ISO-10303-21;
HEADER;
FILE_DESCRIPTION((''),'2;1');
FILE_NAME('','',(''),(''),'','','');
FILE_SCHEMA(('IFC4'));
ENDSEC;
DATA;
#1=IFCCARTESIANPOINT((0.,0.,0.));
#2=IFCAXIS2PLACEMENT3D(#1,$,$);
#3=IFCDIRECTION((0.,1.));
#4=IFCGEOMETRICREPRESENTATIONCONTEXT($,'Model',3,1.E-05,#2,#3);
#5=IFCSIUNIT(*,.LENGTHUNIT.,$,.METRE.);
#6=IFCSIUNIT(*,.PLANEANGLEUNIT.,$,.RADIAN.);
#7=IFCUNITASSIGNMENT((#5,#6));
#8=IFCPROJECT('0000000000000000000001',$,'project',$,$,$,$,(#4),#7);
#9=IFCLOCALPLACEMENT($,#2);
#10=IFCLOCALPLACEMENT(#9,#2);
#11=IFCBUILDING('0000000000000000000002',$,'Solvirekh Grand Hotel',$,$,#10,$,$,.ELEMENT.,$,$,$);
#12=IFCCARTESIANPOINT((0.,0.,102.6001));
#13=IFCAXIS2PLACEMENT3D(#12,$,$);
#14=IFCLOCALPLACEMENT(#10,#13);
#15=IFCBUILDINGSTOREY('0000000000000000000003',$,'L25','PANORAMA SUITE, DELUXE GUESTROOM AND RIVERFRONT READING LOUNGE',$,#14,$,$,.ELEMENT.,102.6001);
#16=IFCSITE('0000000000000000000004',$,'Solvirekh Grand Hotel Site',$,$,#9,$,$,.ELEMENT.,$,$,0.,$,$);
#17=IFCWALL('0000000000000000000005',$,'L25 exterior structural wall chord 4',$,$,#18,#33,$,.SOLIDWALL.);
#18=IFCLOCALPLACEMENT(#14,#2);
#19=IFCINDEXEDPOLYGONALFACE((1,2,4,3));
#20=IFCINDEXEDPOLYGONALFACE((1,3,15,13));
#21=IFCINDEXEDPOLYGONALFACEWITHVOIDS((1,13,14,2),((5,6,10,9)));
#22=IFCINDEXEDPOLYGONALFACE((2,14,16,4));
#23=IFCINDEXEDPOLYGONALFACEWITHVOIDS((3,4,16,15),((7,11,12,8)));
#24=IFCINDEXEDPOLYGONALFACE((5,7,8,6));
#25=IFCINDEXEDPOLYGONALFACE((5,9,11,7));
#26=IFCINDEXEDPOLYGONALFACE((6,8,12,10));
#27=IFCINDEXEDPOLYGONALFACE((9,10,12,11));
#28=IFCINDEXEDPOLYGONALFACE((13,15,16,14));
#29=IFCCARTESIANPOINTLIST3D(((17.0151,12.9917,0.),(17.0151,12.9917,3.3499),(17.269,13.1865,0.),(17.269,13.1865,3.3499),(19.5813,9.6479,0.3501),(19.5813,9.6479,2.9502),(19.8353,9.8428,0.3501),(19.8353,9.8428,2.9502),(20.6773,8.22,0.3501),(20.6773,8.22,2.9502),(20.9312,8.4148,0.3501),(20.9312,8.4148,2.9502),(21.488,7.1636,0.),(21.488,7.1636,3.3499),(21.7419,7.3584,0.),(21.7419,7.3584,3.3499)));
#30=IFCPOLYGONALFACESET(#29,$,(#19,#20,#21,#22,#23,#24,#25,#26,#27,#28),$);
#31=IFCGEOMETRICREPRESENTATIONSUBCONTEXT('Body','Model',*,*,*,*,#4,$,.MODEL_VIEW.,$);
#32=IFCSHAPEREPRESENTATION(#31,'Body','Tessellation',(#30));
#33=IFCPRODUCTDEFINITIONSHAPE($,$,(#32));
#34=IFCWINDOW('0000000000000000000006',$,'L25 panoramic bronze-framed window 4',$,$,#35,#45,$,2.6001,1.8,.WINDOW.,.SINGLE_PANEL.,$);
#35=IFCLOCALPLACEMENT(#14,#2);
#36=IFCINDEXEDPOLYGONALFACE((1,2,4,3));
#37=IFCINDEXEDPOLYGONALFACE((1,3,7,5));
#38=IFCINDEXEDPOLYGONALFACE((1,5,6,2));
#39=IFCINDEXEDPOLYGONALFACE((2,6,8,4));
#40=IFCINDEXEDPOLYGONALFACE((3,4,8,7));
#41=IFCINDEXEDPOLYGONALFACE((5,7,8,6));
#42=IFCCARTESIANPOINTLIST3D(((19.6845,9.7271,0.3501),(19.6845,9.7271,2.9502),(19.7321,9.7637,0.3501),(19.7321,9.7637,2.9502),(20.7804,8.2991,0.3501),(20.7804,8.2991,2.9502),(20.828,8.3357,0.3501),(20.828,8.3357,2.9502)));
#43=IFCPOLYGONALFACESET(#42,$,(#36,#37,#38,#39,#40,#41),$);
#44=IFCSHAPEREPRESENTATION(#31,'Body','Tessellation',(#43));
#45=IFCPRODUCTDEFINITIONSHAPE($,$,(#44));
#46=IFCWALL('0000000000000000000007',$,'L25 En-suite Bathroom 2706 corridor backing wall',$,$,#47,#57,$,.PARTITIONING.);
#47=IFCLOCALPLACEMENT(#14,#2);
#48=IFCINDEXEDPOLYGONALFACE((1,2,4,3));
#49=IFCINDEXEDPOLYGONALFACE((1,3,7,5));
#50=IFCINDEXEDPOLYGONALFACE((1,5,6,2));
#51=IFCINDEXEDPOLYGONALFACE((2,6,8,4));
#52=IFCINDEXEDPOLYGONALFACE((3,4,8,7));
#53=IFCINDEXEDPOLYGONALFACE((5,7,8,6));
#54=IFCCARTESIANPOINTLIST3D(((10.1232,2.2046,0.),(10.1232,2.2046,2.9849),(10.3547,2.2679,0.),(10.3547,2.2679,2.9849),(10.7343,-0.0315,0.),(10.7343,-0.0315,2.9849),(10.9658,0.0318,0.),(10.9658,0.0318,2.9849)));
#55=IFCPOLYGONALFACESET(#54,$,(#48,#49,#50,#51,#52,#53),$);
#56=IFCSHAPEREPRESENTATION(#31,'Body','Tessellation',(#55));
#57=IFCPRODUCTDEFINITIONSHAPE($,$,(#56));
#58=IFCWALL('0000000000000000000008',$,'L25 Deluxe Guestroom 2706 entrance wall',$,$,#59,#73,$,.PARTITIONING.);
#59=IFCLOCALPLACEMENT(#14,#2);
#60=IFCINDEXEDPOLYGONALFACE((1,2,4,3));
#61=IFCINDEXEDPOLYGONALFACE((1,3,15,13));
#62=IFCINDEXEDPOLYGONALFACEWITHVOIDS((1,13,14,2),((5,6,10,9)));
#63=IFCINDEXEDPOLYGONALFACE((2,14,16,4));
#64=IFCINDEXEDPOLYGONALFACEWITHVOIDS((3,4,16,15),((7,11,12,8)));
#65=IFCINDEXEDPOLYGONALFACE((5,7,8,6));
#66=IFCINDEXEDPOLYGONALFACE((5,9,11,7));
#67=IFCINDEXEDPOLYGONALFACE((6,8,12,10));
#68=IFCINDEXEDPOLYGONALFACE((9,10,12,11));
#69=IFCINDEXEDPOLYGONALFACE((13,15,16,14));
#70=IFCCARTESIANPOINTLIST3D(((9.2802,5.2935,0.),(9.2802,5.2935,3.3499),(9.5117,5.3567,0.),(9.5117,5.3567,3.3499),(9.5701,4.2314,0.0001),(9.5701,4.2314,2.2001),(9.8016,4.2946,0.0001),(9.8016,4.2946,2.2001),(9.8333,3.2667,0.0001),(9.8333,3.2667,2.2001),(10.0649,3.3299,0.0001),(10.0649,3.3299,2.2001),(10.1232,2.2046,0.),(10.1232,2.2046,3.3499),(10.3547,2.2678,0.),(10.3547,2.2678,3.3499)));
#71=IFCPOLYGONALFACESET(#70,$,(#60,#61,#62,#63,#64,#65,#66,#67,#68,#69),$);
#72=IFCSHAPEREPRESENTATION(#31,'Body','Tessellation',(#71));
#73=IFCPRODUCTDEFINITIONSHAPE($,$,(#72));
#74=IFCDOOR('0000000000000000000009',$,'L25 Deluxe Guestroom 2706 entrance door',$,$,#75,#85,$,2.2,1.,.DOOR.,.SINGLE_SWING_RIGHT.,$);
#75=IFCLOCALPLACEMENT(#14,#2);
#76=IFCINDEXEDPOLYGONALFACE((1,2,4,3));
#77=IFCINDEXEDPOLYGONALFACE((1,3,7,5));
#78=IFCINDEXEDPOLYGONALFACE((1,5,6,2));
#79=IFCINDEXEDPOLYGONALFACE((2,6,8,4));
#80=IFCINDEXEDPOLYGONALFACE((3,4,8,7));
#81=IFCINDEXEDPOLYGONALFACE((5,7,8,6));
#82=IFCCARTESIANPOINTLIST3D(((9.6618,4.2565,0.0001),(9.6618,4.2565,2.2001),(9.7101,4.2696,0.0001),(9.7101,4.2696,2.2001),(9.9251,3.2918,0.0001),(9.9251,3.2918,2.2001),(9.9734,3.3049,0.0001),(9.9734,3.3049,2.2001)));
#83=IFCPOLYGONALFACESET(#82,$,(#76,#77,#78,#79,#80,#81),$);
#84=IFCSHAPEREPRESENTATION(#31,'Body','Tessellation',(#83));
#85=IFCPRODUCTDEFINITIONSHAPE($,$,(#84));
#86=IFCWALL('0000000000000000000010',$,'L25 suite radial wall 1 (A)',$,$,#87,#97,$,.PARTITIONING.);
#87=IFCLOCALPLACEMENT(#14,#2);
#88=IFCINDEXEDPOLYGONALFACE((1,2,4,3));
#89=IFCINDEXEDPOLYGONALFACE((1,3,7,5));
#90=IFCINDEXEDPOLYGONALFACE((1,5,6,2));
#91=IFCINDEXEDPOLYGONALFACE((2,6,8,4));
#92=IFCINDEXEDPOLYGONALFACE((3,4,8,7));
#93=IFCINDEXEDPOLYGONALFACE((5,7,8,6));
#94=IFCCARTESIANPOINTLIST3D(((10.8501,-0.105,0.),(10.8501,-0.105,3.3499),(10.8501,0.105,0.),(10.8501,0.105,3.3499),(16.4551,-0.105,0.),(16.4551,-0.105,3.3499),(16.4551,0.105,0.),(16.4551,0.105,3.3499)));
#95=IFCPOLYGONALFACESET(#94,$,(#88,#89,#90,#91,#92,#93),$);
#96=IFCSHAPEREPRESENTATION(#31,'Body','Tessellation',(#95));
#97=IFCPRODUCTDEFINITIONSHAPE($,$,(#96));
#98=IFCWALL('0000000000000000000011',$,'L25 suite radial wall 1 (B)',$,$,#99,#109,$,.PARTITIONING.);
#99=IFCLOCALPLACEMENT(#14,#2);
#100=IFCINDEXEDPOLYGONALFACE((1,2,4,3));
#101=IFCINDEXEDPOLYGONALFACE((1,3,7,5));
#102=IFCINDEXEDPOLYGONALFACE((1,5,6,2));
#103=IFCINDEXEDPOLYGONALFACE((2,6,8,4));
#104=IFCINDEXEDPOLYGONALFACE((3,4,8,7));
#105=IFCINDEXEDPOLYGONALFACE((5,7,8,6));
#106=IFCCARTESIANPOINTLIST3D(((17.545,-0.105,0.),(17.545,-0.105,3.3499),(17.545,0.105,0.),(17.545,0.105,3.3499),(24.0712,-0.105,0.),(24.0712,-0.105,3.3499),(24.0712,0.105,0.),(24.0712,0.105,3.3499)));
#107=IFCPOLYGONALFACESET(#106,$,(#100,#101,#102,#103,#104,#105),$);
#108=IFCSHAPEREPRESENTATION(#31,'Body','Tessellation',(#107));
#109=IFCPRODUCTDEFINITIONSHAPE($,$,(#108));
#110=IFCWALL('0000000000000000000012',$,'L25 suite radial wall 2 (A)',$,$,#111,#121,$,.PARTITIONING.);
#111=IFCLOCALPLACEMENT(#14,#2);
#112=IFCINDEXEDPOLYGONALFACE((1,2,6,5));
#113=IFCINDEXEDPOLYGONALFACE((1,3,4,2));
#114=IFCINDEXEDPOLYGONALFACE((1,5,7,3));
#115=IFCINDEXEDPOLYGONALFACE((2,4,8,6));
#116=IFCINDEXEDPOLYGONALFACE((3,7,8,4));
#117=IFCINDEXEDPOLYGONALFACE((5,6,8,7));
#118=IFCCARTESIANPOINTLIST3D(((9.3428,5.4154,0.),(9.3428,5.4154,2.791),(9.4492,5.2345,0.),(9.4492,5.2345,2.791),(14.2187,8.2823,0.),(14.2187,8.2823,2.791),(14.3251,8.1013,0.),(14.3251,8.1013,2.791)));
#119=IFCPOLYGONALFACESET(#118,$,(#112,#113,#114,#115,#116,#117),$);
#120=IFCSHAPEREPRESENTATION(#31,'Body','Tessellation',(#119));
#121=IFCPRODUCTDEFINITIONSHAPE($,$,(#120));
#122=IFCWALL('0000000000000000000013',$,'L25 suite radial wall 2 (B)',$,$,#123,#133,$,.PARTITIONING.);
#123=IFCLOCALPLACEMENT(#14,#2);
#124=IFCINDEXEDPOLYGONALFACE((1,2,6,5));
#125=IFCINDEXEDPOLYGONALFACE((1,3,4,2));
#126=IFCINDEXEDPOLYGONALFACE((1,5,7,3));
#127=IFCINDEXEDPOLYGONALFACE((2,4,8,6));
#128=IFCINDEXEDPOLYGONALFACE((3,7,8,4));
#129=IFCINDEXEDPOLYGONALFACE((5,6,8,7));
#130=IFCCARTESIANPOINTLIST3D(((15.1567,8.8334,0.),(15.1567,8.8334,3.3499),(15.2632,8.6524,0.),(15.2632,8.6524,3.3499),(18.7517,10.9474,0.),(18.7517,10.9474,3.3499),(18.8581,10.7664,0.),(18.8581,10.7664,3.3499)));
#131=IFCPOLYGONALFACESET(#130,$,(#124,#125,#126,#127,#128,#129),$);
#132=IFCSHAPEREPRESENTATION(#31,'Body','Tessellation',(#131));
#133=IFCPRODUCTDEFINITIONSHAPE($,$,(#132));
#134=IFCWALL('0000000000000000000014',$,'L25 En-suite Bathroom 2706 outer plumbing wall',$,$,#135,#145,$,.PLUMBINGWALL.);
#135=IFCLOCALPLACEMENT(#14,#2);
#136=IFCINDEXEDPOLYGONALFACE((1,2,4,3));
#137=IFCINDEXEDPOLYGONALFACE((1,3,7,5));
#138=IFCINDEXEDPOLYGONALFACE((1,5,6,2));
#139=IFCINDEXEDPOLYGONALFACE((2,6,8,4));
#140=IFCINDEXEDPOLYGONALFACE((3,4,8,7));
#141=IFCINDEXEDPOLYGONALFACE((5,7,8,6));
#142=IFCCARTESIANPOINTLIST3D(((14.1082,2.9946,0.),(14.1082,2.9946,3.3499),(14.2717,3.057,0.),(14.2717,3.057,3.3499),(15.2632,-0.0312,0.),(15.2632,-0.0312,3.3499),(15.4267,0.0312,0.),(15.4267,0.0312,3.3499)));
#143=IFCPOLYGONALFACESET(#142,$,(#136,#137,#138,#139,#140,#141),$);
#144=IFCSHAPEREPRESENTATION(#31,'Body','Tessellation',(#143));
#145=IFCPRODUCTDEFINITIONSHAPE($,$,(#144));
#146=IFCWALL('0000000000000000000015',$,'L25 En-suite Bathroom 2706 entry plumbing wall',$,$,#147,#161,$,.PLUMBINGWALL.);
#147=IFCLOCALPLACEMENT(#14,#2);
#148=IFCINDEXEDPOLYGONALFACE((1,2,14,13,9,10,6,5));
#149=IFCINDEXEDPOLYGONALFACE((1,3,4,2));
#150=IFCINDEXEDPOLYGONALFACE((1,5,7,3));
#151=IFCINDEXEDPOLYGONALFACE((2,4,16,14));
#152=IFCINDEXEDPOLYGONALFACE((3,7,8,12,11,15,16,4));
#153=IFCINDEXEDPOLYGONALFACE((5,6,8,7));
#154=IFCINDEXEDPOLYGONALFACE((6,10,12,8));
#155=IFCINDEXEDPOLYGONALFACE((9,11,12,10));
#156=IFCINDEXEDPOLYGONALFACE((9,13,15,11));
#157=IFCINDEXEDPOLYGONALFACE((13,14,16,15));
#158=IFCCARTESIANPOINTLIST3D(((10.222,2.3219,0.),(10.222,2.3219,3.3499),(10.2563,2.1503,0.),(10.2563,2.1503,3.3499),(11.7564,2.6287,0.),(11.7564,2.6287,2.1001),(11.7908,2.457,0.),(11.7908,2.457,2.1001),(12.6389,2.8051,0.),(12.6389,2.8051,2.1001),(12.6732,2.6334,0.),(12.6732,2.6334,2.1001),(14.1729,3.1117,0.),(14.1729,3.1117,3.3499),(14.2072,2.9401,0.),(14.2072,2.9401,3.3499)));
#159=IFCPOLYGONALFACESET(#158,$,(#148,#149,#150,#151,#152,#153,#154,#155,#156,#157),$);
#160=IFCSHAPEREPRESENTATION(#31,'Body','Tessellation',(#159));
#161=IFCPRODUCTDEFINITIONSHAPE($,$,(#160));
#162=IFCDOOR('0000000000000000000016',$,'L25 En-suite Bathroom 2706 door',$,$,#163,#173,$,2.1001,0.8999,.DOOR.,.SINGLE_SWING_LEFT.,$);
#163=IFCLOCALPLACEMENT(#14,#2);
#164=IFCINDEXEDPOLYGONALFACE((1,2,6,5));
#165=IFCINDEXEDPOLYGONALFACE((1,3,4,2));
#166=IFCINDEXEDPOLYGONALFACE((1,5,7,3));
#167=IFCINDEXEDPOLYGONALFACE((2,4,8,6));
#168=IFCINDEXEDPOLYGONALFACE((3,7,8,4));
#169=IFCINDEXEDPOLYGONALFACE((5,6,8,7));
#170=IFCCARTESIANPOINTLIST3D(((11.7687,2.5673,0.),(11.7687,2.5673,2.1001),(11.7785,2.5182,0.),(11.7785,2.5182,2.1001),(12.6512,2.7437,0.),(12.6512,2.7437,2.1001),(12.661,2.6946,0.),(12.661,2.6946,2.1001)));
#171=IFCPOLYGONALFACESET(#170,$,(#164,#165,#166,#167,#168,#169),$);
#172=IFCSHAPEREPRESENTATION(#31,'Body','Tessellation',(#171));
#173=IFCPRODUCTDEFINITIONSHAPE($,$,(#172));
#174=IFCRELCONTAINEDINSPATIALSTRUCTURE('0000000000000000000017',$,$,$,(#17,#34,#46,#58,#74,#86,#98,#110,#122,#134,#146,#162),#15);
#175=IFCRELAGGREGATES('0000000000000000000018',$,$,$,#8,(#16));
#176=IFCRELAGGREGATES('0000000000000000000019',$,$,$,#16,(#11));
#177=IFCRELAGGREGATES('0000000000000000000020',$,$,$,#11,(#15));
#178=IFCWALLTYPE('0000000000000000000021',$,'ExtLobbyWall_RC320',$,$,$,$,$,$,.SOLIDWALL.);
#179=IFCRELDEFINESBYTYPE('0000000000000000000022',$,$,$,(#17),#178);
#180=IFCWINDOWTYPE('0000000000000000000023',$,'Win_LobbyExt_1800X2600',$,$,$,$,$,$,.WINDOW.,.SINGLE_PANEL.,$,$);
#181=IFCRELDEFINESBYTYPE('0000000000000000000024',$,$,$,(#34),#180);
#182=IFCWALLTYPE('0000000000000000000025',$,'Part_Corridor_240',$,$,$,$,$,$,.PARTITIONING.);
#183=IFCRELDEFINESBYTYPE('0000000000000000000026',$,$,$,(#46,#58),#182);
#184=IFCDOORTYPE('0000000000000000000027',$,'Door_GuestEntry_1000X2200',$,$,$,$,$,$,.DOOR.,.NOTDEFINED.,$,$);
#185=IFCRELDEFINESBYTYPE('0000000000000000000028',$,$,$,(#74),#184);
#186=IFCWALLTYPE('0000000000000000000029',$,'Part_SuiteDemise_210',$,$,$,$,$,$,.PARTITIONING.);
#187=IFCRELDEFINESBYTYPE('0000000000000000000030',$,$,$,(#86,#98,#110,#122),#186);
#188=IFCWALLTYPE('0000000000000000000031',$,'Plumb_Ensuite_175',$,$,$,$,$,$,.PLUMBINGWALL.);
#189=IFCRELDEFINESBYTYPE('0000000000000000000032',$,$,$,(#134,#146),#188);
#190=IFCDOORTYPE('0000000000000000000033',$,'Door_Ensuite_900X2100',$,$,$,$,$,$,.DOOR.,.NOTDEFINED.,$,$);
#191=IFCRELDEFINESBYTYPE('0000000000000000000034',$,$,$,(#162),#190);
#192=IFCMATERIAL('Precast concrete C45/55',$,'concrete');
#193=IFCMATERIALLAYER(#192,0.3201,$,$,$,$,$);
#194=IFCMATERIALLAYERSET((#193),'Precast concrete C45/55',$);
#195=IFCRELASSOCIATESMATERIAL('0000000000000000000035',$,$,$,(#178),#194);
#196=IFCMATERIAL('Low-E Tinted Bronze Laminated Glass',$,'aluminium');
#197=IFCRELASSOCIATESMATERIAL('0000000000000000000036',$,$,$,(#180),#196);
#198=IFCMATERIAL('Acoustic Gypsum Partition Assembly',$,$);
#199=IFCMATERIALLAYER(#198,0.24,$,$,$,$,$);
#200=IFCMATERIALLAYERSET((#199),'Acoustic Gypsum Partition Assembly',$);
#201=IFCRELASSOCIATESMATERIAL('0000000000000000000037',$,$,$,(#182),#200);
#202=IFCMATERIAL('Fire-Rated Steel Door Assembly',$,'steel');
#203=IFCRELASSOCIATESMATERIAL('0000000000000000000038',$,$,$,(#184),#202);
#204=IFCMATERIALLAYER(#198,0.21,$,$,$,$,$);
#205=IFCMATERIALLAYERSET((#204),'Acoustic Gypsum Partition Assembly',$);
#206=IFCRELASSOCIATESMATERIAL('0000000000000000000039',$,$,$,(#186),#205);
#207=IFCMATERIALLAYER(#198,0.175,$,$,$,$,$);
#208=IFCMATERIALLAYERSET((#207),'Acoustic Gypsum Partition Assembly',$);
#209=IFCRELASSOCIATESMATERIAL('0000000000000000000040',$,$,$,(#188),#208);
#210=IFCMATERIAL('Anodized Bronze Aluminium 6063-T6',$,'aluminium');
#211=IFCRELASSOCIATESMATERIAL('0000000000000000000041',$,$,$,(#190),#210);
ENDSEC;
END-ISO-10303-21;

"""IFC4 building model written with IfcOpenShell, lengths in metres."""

from ifc_helpers import new_model, si_unit, direction, frame, frame_2d, origin, place, context, subcontext, project, spatial, rectangle, extrude, material, layer, layer_set, type_object, element, fill, save


model = new_model("IFC4")

# Units and contexts
model_context = context("Model", 3, precision=1e-05, world=origin(), true_north=direction((0.0, 1.0)))
body_context = subcontext(model_context, "Body", "Model", "MODEL_VIEW")
ifc_project = project(units=[si_unit("LENGTHUNIT", "METRE"), si_unit("PLANEANGLEUNIT", "RADIAN")], contexts=[model_context])

# Site, building, storey
site_placement = place(None, origin())
site = spatial("IfcSite", under=ifc_project, at=site_placement, Name="Solvirekh Grand Hotel Site", CompositionType="ELEMENT", RefElevation=0.0)
building_placement = place(site_placement, origin())
building = spatial("IfcBuilding", under=site, at=building_placement, Name="Solvirekh Grand Hotel", CompositionType="ELEMENT")
storey_placement = place(building_placement, frame((0.0, 0.0, 102.6001)))
storey = spatial("IfcBuildingStorey", under=building, at=storey_placement, Name="L25", Description="PANORAMA SUITE, DELUXE GUESTROOM AND RIVERFRONT READING LOUNGE", CompositionType="ELEMENT", Elevation=102.6001)

# Shared definitions
ifc_material_1 = material(Name="Anodized Bronze Aluminium 6063-T6", Category="aluminium")

# Shared definitions
ifc_material_2 = material(Name="Low-E Tinted Bronze Laminated Glass", Category="aluminium")

# Wall, opening, window
ifc_material_3 = material(Name="Precast concrete C45/55", Category="concrete")
ifc_layer_1 = layer(ifc_material_3, 0.3201)
ifc_layer_set_1 = layer_set([ifc_layer_1], Name="Precast concrete C45/55")
wall_type_1 = type_object("IfcWallType", Name="ExtLobbyWall_RC320", PredefinedType="SOLIDWALL", material=ifc_layer_set_1)
window_type = type_object("IfcWindowType", Name="Win_LobbyExt_1800X2600", PartitioningType="SINGLE_PANEL", PredefinedType="WINDOW", material=ifc_material_2)
wall_1_placement = place(storey_placement, frame((17.1421, 13.0891, 0.0), z_axis=(0.0, 0.0, 1.0), x_axis=(0.608832, -0.793299, 0.0)))
wall_1 = element("IfcWall", 1, at=wall_1_placement, inside=storey, type_object=wall_type_1, Name="L25 exterior structural wall chord 4", PredefinedType="SOLIDWALL", context=body_context, shape_type="SweptSolid", body=[
    extrude(rectangle(XDim=7.3467, YDim=0.3201, at=frame_2d((3.6733, 0.0))), origin(), (0.0, 0.0, 1.0), 3.3499),
])
opening_1_placement = place(wall_1_placement, frame((4.2151, 0.0, 0.3501)))
opening_1 = element("IfcOpeningElement", 2, at=opening_1_placement, cuts=wall_1, PredefinedType="OPENING", context=body_context, shape_type="SweptSolid", body=[
    extrude(rectangle(XDim=1.8, YDim=2.6001, at=frame_2d((0.8999, 1.3))), frame((0.0, 0.1699, 0.0), z_axis=(0.0, -1.0, 0.0), x_axis=(1.0, 0.0, 0.0)), (0.0, 0.0, 1.0), 0.3401),
])
window_1_placement = place(opening_1_placement, origin())
window_1 = element("IfcWindow", 3, at=window_1_placement, inside=storey, type_object=window_type, Name="L25 panoramic bronze-framed window 4", OverallHeight=2.6001, OverallWidth=1.8, PartitioningType="SINGLE_PANEL", PredefinedType="WINDOW", context=body_context, shape_type="SweptSolid", body=[
    extrude(rectangle(XDim=1.8, YDim=2.6001, at=frame_2d((0.8999, 1.3))), frame((0.0, 0.03, 0.0), z_axis=(0.0, -1.0, 0.0), x_axis=(1.0, 0.0, 0.0)), (0.0, 0.0, 1.0), 0.0601),
])
fill(opening_1, window_1)

# Wall
ifc_material_4 = material(Name="Acoustic Gypsum Partition Assembly")
ifc_layer_2 = layer(ifc_material_4, 0.24)
ifc_layer_set_2 = layer_set([ifc_layer_2], Name="Acoustic Gypsum Partition Assembly")
wall_type_2 = type_object("IfcWallType", Name="Part_Corridor_240", PredefinedType="PARTITIONING", material=ifc_layer_set_2)
wall_2_placement = place(storey_placement, frame((10.8501, 0.0, 0.0), z_axis=(0.0, 0.0, 1.0), x_axis=(-0.263616, 0.964628, 0.0)))
element("IfcWall", 4, at=wall_2_placement, inside=storey, type_object=wall_type_2, Name="L25 En-suite Bathroom 2706 corridor backing wall", PredefinedType="PARTITIONING", context=body_context, shape_type="SweptSolid", body=[
    extrude(rectangle(XDim=2.3181, YDim=0.24, at=frame_2d((1.1592, 0.0))), origin(), (0.0, 0.0, 1.0), 2.9849),
])

# Wall, opening, door
wall_3_placement = place(storey_placement, frame((10.239, 2.2361, 0.0), z_axis=(0.0, 0.0, 1.0), x_axis=(-0.263292, 0.964716, 0.0)))
wall_3 = element("IfcWall", 5, at=wall_3_placement, inside=storey, type_object=wall_type_2, Name="L25 Deluxe Guestroom 2706 entrance wall", PredefinedType="PARTITIONING", context=body_context, shape_type="SweptSolid", body=[
    extrude(rectangle(XDim=3.2019, YDim=0.24, at=frame_2d((1.6011, 0.0))), origin(), (0.0, 0.0, 1.0), 3.3499),
])
opening_2_placement = place(wall_3_placement, frame((1.1011, 0.0, 0.0)))
opening_2 = element("IfcOpeningElement", 6, at=opening_2_placement, cuts=wall_3, PredefinedType="OPENING", context=body_context, shape_type="SweptSolid", body=[
    extrude(rectangle(XDim=1.0, YDim=2.2, at=frame_2d((0.5, 1.1001))), frame((0.0, 0.1299, 0.0), z_axis=(0.0, -1.0, 0.0), x_axis=(1.0, 0.0, 0.0)), (0.0, 0.0, 1.0), 0.26),
])
ifc_material_5 = material(Name="Fire-Rated Steel Door Assembly", Category="steel")
door_type_1 = type_object("IfcDoorType", Name="Door_GuestEntry_1000X2200", OperationType="NOTDEFINED", PredefinedType="DOOR", material=ifc_material_5)
door_1_placement = place(opening_2_placement, origin())
door_1 = element("IfcDoor", 7, at=door_1_placement, inside=storey, type_object=door_type_1, Name="L25 Deluxe Guestroom 2706 entrance door", OperationType="SINGLE_SWING_RIGHT", OverallHeight=2.2, OverallWidth=1.0, PredefinedType="DOOR", context=body_context, shape_type="SweptSolid", body=[
    extrude(rectangle(XDim=1.0, YDim=2.2, at=frame_2d((0.5, 1.1001))), frame((0.0, 0.0249, 0.0), z_axis=(0.0, -1.0, 0.0), x_axis=(1.0, 0.0, 0.0)), (0.0, 0.0, 1.0), 0.05),
])
fill(opening_2, door_1)

# Walls
ifc_layer_3 = layer(ifc_material_4, 0.21)
ifc_layer_set_3 = layer_set([ifc_layer_3], Name="Acoustic Gypsum Partition Assembly")
wall_type_3 = type_object("IfcWallType", Name="Part_SuiteDemise_210", PredefinedType="PARTITIONING", material=ifc_layer_set_3)
wall_4_placement = place(storey_placement, frame((10.8501, 0.0, 0.0), z_axis=(0.0, 0.0, 1.0), x_axis=(1.0, 0.0, 0.0)))
element("IfcWall", 8, at=wall_4_placement, inside=storey, type_object=wall_type_3, Name="L25 suite radial wall 1 (A)", PredefinedType="PARTITIONING", context=body_context, shape_type="SweptSolid", body=[
    extrude(rectangle(XDim=5.605, YDim=0.21, at=frame_2d((2.8025, 0.0))), origin(), (0.0, 0.0, 1.0), 3.3499),
])
wall_5_placement = place(storey_placement, frame((17.5449, 0.0, 0.0), z_axis=(0.0, 0.0, 1.0), x_axis=(1.0, 0.0, 0.0)))
element("IfcWall", 9, at=wall_5_placement, inside=storey, type_object=wall_type_3, Name="L25 suite radial wall 1 (B)", PredefinedType="PARTITIONING", context=body_context, shape_type="SweptSolid", body=[
    extrude(rectangle(XDim=6.5261, YDim=0.21, at=frame_2d((3.2632, 0.0))), origin(), (0.0, 0.0, 1.0), 3.3499),
])
wall_6_placement = place(storey_placement, frame((9.396, 5.325, 0.0), z_axis=(0.0, 0.0, 1.0), x_axis=(0.862033, 0.506852, 0.0)))
element("IfcWall", 10, at=wall_6_placement, inside=storey, type_object=wall_type_3, Name="L25 suite radial wall 2 (A)", PredefinedType="PARTITIONING", context=body_context, shape_type="SweptSolid", body=[
    extrude(rectangle(XDim=5.6562, YDim=0.21, at=frame_2d((2.8281, 0.0))), origin(), (0.0, 0.0, 1.0), 2.791),
])
wall_7_placement = place(storey_placement, frame((15.21, 8.7429, 0.0), z_axis=(0.0, 0.0, 1.0), x_axis=(0.862005, 0.5069, 0.0)))
element("IfcWall", 11, at=wall_7_placement, inside=storey, type_object=wall_type_3, Name="L25 suite radial wall 2 (B)", PredefinedType="PARTITIONING", context=body_context, shape_type="SweptSolid", body=[
    extrude(rectangle(XDim=4.1704, YDim=0.21, at=frame_2d((2.0852, 0.0))), origin(), (0.0, 0.0, 1.0), 3.3499),
])
ifc_layer_4 = layer(ifc_material_4, 0.175)
ifc_layer_set_4 = layer_set([ifc_layer_4], Name="Acoustic Gypsum Partition Assembly")
wall_type_4 = type_object("IfcWallType", Name="Plumb_Ensuite_175", PredefinedType="PLUMBINGWALL", material=ifc_layer_set_4)
wall_8_placement = place(storey_placement, frame((15.345, 0.0, 0.0), z_axis=(0.0, 0.0, 1.0), x_axis=(-0.356619, 0.93425, 0.0)))
element("IfcWall", 12, at=wall_8_placement, inside=storey, type_object=wall_type_4, Name="L25 En-suite Bathroom 2706 outer plumbing wall", PredefinedType="PLUMBINGWALL", context=body_context, shape_type="SweptSolid", body=[
    extrude(rectangle(XDim=3.2388, YDim=0.175, at=frame_2d((1.6194, 0.0))), origin(), (0.0, 0.0, 1.0), 3.3499),
])

# Wall, opening, door
wall_9_placement = place(storey_placement, frame((10.239, 2.2361, 0.0), z_axis=(0.0, 0.0, 1.0), x_axis=(0.980599, 0.196023, 0.0)))
wall_9 = element("IfcWall", 13, at=wall_9_placement, inside=storey, type_object=wall_type_4, Name="L25 En-suite Bathroom 2706 entry plumbing wall", PredefinedType="PLUMBINGWALL", context=body_context, shape_type="SweptSolid", body=[
    extrude(rectangle(XDim=4.0291, YDim=0.175, at=frame_2d((2.0146, 0.0))), origin(), (0.0, 0.0, 1.0), 3.3499),
])
opening_3_placement = place(wall_9_placement, frame((1.5649, 0.0, 0.0)))
opening_3 = element("IfcOpeningElement", 14, at=opening_3_placement, cuts=wall_9, PredefinedType="OPENING", context=body_context, shape_type="SweptSolid", body=[
    extrude(rectangle(XDim=0.8999, YDim=2.1001, at=frame_2d((0.45, 1.05))), frame((0.0, 0.0977, 0.0), z_axis=(0.0, -1.0, 0.0), x_axis=(1.0, 0.0, 0.0)), (0.0, 0.0, 1.0), 0.1951),
])
door_type_2 = type_object("IfcDoorType", Name="Door_Ensuite_900X2100", OperationType="NOTDEFINED", PredefinedType="DOOR", material=ifc_material_1)
door_2_placement = place(opening_3_placement, origin())
door_2 = element("IfcDoor", 15, at=door_2_placement, inside=storey, type_object=door_type_2, Name="L25 En-suite Bathroom 2706 door", OperationType="SINGLE_SWING_LEFT", OverallHeight=2.1001, OverallWidth=0.8999, PredefinedType="DOOR", context=body_context, shape_type="SweptSolid", body=[
    extrude(rectangle(XDim=0.8999, YDim=2.1001, at=frame_2d((0.45, 1.05))), frame((0.0, 0.0249, 0.0), z_axis=(0.0, -1.0, 0.0), x_axis=(1.0, 0.0, 0.0)), (0.0, 0.0, 1.0), 0.05),
])
fill(opening_3, door_2)

save(model, "model.ifc")
